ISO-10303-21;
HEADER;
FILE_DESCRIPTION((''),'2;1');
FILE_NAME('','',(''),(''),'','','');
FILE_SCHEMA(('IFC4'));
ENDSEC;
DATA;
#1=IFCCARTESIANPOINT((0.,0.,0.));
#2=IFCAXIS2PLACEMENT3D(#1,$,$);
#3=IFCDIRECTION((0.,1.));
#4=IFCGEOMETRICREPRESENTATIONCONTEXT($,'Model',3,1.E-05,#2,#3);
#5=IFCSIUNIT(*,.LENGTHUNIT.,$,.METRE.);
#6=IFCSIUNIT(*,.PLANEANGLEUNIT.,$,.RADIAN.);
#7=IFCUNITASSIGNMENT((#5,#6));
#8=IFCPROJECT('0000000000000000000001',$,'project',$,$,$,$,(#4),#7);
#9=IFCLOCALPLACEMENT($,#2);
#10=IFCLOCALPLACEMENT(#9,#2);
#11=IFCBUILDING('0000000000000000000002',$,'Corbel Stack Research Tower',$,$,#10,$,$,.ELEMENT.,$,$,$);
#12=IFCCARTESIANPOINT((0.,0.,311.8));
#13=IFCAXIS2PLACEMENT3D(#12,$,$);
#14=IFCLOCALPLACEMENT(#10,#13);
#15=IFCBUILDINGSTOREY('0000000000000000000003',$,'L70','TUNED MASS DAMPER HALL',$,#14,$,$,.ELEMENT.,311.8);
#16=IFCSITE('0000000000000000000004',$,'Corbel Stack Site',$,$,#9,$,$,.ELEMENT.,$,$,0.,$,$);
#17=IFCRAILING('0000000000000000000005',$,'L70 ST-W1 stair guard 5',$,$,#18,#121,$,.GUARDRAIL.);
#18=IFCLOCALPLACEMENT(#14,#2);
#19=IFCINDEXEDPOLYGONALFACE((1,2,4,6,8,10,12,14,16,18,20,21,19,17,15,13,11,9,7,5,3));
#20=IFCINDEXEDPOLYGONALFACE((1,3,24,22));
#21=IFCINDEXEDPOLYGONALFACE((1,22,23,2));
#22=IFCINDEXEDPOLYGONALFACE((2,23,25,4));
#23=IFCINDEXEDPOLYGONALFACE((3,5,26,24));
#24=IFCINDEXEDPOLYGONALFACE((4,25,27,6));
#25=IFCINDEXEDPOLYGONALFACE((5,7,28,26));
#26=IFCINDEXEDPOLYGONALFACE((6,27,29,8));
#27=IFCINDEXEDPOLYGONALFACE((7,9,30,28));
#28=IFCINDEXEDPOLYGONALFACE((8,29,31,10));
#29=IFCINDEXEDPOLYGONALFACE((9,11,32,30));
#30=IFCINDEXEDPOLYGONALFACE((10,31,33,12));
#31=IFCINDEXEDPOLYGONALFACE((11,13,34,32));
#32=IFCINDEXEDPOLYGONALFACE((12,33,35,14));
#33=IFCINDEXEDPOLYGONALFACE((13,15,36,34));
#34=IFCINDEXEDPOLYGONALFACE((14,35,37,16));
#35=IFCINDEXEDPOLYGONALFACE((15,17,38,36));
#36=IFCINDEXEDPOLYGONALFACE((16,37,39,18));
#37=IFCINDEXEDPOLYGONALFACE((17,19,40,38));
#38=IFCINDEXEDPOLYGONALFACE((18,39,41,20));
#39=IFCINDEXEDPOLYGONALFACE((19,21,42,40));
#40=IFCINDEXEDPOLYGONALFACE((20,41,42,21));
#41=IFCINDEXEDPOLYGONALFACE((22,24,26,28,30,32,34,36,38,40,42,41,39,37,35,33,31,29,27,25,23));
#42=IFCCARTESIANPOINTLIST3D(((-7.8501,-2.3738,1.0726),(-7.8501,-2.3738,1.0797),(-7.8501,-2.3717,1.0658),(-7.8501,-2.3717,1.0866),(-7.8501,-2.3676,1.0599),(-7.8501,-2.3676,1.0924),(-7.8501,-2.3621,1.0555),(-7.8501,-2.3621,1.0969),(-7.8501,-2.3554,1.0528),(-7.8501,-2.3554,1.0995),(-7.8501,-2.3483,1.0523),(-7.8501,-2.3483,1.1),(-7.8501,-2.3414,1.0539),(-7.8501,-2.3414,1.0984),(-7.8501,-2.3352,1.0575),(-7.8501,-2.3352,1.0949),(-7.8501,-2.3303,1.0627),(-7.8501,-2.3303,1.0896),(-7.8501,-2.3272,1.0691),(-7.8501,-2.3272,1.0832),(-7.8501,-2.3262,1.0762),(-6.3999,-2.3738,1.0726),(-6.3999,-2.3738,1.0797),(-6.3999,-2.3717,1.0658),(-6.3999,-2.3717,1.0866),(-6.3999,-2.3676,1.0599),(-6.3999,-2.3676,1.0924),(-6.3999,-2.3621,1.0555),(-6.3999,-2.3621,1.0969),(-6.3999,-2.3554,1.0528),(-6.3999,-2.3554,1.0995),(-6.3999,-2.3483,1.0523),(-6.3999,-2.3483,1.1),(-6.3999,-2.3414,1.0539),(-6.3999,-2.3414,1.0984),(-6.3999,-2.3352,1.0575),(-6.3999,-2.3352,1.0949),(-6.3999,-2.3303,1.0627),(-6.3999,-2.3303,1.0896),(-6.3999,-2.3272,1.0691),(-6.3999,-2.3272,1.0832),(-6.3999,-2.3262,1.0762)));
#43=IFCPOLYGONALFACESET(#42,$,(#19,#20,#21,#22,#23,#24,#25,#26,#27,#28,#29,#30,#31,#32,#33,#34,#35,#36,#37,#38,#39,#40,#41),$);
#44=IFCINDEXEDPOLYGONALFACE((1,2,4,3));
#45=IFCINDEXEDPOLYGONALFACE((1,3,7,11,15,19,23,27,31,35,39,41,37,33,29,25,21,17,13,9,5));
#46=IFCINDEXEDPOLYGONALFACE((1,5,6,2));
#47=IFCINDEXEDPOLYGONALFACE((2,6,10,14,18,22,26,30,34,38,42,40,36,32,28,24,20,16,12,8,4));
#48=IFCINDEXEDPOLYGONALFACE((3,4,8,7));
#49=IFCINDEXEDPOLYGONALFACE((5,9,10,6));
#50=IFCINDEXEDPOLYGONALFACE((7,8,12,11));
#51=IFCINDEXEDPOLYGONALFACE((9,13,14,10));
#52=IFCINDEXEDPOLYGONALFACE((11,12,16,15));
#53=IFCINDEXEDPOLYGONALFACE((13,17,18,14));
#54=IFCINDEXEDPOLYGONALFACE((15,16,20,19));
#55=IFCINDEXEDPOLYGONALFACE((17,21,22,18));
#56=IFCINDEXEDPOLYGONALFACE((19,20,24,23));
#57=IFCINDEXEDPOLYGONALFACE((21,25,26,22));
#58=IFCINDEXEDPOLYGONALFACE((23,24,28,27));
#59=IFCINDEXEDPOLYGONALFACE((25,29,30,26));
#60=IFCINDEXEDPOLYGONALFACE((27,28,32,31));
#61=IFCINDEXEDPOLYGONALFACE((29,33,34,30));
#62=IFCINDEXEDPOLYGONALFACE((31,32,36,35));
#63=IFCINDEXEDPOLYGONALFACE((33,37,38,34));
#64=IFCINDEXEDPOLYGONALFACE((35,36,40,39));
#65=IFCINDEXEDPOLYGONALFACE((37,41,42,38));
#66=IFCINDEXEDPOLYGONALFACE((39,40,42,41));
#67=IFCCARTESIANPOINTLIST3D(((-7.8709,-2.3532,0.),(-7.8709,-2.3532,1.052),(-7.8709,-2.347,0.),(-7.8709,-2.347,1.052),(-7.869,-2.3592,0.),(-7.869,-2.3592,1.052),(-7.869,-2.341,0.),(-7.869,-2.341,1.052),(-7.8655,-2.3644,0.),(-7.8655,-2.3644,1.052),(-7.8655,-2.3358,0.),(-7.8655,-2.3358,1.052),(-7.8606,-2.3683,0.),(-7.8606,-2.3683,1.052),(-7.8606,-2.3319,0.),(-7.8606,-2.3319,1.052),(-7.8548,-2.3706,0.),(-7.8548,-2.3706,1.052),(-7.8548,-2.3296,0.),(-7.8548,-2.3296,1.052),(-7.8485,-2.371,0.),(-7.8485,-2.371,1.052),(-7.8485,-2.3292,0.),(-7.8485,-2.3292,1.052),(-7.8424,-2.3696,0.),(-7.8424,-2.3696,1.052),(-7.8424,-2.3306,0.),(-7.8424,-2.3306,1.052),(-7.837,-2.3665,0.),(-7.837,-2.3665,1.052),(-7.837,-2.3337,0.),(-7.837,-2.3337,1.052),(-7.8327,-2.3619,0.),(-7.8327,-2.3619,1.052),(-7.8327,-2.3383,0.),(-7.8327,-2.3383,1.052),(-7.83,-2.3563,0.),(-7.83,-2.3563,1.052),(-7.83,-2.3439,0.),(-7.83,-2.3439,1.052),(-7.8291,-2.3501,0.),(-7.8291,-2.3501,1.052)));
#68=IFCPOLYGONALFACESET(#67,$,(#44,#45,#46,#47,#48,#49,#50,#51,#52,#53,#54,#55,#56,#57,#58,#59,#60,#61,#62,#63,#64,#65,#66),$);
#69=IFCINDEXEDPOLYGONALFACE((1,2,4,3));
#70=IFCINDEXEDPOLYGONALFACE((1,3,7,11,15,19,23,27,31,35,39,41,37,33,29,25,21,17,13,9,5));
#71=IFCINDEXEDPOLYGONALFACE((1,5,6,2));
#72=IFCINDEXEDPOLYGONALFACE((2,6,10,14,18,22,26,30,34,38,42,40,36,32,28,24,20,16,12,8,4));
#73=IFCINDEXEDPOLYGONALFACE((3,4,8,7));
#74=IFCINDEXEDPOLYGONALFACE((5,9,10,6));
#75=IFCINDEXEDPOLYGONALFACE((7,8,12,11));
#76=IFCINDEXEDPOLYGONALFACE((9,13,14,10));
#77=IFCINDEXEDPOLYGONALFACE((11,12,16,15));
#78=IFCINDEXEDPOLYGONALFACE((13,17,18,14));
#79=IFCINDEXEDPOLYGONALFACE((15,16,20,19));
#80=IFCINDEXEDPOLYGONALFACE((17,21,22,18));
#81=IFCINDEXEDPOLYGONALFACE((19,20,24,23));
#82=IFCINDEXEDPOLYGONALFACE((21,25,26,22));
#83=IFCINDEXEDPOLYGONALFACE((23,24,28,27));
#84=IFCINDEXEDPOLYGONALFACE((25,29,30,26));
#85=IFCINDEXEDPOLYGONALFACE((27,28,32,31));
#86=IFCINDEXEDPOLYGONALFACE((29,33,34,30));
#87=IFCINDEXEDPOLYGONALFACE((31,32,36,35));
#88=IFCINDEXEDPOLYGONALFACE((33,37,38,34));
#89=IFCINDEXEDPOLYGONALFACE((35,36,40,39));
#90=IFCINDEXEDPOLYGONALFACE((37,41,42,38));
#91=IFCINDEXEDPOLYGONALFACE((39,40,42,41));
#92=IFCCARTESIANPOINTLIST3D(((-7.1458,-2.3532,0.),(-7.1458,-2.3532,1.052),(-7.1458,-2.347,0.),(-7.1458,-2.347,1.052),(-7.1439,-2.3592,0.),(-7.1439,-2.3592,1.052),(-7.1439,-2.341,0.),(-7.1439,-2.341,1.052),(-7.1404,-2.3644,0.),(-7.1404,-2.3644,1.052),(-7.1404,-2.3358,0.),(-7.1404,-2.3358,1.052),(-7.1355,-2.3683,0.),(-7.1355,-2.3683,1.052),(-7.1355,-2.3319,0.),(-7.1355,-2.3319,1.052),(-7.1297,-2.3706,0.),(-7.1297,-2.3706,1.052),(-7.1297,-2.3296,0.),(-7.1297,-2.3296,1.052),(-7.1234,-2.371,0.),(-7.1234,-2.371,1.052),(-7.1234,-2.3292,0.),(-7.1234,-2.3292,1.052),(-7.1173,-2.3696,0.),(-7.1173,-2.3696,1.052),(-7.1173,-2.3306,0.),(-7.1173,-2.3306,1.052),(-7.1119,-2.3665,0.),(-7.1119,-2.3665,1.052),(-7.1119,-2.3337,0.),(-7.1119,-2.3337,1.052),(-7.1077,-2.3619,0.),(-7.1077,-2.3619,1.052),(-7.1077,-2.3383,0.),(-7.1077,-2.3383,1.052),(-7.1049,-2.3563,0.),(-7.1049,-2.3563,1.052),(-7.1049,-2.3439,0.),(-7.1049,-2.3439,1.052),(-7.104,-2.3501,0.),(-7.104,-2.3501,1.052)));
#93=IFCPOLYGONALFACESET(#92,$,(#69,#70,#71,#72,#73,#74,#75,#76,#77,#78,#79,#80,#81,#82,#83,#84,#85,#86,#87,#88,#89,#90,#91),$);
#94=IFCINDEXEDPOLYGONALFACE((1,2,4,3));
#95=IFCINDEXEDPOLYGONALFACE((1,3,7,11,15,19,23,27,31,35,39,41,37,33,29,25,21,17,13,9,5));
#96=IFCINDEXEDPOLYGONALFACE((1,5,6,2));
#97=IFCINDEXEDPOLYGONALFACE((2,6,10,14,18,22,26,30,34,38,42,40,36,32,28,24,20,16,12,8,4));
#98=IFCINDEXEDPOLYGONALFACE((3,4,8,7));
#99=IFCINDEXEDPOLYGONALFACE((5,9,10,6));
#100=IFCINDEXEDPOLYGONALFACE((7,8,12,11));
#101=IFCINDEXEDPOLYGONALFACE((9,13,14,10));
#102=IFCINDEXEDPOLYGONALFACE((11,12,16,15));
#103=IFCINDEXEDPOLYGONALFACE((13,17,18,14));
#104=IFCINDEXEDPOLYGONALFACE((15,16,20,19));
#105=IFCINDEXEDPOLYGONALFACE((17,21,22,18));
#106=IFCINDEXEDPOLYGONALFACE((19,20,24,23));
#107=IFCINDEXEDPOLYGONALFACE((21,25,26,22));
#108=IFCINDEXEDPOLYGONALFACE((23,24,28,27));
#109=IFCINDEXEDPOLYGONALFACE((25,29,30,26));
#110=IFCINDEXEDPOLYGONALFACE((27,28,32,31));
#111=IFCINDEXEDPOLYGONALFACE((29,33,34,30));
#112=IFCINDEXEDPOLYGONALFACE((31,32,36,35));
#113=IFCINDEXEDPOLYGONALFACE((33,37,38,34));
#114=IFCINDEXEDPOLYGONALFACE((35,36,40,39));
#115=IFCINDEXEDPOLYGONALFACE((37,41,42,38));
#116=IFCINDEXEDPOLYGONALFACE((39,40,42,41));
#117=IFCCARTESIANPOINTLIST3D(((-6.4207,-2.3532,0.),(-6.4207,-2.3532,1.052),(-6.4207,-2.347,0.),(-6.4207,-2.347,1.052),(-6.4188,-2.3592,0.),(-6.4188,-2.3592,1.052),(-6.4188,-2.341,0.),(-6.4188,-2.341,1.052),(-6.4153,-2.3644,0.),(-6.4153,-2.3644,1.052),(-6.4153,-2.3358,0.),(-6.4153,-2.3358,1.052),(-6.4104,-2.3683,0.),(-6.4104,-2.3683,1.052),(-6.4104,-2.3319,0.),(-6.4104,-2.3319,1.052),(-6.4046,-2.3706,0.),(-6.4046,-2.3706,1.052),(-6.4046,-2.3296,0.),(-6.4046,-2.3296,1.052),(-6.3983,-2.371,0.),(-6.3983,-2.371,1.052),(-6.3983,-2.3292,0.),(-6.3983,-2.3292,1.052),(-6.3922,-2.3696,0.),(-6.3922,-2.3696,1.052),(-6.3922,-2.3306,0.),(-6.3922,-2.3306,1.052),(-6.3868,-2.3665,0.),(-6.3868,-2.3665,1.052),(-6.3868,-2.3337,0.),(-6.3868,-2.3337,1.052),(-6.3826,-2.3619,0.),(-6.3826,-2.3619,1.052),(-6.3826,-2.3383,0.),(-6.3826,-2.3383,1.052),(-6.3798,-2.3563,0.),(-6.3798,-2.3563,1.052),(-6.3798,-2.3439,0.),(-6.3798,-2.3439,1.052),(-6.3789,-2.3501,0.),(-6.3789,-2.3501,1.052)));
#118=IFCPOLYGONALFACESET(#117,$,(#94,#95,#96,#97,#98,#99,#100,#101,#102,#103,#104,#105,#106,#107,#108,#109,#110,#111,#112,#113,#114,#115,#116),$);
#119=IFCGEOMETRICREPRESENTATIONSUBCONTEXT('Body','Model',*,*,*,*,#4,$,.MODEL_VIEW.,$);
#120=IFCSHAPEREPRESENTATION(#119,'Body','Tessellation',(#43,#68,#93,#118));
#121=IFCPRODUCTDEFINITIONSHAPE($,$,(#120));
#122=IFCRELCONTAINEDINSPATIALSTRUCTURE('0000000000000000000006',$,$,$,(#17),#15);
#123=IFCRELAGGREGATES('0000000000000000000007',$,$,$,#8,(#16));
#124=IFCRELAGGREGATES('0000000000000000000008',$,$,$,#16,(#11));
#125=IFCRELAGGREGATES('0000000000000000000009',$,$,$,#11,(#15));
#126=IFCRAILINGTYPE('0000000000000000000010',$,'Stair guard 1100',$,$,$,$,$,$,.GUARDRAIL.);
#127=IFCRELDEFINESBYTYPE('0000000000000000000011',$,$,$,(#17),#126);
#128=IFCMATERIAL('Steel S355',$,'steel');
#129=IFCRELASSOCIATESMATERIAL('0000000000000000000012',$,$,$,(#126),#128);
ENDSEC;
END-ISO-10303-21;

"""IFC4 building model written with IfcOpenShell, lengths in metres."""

from ifc_helpers import new_model, si_unit, direction, frame, origin, origin_2d, place, context, subcontext, project, spatial, circle, extrude, material, type_object, element, save


model = new_model("IFC4")

# Units and contexts
model_context = context("Model", 3, precision=1e-05, world=origin(), true_north=direction((0.0, 1.0)))
body_context = subcontext(model_context, "Body", "Model", "MODEL_VIEW")
ifc_project = project(units=[si_unit("LENGTHUNIT", "METRE"), si_unit("PLANEANGLEUNIT", "RADIAN")], contexts=[model_context])

# Site, building, storey
site_placement = place(None, origin())
site = spatial("IfcSite", under=ifc_project, at=site_placement, Name="Corbel Stack Site", CompositionType="ELEMENT", RefElevation=0.0)
building_placement = place(site_placement, origin())
building = spatial("IfcBuilding", under=site, at=building_placement, Name="Corbel Stack Research Tower", CompositionType="ELEMENT")
storey_placement = place(building_placement, frame((0.0, 0.0, 311.8)))
storey = spatial("IfcBuildingStorey", under=building, at=storey_placement, Name="L70", Description="TUNED MASS DAMPER HALL", CompositionType="ELEMENT", Elevation=311.8)

# Railing
ifc_material_1 = material(Name="Steel S355", Category="steel")
railing_type = type_object("IfcRailingType", Name="Stair guard 1100", PredefinedType="GUARDRAIL", material=ifc_material_1)
railing_1_placement = place(storey_placement, frame((-7.8501, -2.3501, 0.0)))
element("IfcRailing", 1, at=railing_1_placement, inside=storey, type_object=railing_type, Name="L70 ST-W1 stair guard 5", PredefinedType="GUARDRAIL", context=body_context, shape_type="SweptSolid", body=[
    extrude(circle(Radius=0.0239, at=origin_2d()), frame((0.0, 0.0, 1.0762), z_axis=(1.0, 0.0, 0.0), x_axis=(0.0, 1.0, 0.0)), (0.0, 0.0, 1.0), 1.4502),
    extrude(circle(Radius=0.021, at=origin_2d()), origin(), (0.0, 0.0, 1.0), 1.052),
    extrude(circle(Radius=0.021, at=origin_2d()), frame((0.7251, 0.0, 0.0)), (0.0, 0.0, 1.0), 1.052),
    extrude(circle(Radius=0.021, at=origin_2d()), frame((1.4502, 0.0, 0.0)), (0.0, 0.0, 1.0), 1.052),
])

save(model, "model.ifc")
